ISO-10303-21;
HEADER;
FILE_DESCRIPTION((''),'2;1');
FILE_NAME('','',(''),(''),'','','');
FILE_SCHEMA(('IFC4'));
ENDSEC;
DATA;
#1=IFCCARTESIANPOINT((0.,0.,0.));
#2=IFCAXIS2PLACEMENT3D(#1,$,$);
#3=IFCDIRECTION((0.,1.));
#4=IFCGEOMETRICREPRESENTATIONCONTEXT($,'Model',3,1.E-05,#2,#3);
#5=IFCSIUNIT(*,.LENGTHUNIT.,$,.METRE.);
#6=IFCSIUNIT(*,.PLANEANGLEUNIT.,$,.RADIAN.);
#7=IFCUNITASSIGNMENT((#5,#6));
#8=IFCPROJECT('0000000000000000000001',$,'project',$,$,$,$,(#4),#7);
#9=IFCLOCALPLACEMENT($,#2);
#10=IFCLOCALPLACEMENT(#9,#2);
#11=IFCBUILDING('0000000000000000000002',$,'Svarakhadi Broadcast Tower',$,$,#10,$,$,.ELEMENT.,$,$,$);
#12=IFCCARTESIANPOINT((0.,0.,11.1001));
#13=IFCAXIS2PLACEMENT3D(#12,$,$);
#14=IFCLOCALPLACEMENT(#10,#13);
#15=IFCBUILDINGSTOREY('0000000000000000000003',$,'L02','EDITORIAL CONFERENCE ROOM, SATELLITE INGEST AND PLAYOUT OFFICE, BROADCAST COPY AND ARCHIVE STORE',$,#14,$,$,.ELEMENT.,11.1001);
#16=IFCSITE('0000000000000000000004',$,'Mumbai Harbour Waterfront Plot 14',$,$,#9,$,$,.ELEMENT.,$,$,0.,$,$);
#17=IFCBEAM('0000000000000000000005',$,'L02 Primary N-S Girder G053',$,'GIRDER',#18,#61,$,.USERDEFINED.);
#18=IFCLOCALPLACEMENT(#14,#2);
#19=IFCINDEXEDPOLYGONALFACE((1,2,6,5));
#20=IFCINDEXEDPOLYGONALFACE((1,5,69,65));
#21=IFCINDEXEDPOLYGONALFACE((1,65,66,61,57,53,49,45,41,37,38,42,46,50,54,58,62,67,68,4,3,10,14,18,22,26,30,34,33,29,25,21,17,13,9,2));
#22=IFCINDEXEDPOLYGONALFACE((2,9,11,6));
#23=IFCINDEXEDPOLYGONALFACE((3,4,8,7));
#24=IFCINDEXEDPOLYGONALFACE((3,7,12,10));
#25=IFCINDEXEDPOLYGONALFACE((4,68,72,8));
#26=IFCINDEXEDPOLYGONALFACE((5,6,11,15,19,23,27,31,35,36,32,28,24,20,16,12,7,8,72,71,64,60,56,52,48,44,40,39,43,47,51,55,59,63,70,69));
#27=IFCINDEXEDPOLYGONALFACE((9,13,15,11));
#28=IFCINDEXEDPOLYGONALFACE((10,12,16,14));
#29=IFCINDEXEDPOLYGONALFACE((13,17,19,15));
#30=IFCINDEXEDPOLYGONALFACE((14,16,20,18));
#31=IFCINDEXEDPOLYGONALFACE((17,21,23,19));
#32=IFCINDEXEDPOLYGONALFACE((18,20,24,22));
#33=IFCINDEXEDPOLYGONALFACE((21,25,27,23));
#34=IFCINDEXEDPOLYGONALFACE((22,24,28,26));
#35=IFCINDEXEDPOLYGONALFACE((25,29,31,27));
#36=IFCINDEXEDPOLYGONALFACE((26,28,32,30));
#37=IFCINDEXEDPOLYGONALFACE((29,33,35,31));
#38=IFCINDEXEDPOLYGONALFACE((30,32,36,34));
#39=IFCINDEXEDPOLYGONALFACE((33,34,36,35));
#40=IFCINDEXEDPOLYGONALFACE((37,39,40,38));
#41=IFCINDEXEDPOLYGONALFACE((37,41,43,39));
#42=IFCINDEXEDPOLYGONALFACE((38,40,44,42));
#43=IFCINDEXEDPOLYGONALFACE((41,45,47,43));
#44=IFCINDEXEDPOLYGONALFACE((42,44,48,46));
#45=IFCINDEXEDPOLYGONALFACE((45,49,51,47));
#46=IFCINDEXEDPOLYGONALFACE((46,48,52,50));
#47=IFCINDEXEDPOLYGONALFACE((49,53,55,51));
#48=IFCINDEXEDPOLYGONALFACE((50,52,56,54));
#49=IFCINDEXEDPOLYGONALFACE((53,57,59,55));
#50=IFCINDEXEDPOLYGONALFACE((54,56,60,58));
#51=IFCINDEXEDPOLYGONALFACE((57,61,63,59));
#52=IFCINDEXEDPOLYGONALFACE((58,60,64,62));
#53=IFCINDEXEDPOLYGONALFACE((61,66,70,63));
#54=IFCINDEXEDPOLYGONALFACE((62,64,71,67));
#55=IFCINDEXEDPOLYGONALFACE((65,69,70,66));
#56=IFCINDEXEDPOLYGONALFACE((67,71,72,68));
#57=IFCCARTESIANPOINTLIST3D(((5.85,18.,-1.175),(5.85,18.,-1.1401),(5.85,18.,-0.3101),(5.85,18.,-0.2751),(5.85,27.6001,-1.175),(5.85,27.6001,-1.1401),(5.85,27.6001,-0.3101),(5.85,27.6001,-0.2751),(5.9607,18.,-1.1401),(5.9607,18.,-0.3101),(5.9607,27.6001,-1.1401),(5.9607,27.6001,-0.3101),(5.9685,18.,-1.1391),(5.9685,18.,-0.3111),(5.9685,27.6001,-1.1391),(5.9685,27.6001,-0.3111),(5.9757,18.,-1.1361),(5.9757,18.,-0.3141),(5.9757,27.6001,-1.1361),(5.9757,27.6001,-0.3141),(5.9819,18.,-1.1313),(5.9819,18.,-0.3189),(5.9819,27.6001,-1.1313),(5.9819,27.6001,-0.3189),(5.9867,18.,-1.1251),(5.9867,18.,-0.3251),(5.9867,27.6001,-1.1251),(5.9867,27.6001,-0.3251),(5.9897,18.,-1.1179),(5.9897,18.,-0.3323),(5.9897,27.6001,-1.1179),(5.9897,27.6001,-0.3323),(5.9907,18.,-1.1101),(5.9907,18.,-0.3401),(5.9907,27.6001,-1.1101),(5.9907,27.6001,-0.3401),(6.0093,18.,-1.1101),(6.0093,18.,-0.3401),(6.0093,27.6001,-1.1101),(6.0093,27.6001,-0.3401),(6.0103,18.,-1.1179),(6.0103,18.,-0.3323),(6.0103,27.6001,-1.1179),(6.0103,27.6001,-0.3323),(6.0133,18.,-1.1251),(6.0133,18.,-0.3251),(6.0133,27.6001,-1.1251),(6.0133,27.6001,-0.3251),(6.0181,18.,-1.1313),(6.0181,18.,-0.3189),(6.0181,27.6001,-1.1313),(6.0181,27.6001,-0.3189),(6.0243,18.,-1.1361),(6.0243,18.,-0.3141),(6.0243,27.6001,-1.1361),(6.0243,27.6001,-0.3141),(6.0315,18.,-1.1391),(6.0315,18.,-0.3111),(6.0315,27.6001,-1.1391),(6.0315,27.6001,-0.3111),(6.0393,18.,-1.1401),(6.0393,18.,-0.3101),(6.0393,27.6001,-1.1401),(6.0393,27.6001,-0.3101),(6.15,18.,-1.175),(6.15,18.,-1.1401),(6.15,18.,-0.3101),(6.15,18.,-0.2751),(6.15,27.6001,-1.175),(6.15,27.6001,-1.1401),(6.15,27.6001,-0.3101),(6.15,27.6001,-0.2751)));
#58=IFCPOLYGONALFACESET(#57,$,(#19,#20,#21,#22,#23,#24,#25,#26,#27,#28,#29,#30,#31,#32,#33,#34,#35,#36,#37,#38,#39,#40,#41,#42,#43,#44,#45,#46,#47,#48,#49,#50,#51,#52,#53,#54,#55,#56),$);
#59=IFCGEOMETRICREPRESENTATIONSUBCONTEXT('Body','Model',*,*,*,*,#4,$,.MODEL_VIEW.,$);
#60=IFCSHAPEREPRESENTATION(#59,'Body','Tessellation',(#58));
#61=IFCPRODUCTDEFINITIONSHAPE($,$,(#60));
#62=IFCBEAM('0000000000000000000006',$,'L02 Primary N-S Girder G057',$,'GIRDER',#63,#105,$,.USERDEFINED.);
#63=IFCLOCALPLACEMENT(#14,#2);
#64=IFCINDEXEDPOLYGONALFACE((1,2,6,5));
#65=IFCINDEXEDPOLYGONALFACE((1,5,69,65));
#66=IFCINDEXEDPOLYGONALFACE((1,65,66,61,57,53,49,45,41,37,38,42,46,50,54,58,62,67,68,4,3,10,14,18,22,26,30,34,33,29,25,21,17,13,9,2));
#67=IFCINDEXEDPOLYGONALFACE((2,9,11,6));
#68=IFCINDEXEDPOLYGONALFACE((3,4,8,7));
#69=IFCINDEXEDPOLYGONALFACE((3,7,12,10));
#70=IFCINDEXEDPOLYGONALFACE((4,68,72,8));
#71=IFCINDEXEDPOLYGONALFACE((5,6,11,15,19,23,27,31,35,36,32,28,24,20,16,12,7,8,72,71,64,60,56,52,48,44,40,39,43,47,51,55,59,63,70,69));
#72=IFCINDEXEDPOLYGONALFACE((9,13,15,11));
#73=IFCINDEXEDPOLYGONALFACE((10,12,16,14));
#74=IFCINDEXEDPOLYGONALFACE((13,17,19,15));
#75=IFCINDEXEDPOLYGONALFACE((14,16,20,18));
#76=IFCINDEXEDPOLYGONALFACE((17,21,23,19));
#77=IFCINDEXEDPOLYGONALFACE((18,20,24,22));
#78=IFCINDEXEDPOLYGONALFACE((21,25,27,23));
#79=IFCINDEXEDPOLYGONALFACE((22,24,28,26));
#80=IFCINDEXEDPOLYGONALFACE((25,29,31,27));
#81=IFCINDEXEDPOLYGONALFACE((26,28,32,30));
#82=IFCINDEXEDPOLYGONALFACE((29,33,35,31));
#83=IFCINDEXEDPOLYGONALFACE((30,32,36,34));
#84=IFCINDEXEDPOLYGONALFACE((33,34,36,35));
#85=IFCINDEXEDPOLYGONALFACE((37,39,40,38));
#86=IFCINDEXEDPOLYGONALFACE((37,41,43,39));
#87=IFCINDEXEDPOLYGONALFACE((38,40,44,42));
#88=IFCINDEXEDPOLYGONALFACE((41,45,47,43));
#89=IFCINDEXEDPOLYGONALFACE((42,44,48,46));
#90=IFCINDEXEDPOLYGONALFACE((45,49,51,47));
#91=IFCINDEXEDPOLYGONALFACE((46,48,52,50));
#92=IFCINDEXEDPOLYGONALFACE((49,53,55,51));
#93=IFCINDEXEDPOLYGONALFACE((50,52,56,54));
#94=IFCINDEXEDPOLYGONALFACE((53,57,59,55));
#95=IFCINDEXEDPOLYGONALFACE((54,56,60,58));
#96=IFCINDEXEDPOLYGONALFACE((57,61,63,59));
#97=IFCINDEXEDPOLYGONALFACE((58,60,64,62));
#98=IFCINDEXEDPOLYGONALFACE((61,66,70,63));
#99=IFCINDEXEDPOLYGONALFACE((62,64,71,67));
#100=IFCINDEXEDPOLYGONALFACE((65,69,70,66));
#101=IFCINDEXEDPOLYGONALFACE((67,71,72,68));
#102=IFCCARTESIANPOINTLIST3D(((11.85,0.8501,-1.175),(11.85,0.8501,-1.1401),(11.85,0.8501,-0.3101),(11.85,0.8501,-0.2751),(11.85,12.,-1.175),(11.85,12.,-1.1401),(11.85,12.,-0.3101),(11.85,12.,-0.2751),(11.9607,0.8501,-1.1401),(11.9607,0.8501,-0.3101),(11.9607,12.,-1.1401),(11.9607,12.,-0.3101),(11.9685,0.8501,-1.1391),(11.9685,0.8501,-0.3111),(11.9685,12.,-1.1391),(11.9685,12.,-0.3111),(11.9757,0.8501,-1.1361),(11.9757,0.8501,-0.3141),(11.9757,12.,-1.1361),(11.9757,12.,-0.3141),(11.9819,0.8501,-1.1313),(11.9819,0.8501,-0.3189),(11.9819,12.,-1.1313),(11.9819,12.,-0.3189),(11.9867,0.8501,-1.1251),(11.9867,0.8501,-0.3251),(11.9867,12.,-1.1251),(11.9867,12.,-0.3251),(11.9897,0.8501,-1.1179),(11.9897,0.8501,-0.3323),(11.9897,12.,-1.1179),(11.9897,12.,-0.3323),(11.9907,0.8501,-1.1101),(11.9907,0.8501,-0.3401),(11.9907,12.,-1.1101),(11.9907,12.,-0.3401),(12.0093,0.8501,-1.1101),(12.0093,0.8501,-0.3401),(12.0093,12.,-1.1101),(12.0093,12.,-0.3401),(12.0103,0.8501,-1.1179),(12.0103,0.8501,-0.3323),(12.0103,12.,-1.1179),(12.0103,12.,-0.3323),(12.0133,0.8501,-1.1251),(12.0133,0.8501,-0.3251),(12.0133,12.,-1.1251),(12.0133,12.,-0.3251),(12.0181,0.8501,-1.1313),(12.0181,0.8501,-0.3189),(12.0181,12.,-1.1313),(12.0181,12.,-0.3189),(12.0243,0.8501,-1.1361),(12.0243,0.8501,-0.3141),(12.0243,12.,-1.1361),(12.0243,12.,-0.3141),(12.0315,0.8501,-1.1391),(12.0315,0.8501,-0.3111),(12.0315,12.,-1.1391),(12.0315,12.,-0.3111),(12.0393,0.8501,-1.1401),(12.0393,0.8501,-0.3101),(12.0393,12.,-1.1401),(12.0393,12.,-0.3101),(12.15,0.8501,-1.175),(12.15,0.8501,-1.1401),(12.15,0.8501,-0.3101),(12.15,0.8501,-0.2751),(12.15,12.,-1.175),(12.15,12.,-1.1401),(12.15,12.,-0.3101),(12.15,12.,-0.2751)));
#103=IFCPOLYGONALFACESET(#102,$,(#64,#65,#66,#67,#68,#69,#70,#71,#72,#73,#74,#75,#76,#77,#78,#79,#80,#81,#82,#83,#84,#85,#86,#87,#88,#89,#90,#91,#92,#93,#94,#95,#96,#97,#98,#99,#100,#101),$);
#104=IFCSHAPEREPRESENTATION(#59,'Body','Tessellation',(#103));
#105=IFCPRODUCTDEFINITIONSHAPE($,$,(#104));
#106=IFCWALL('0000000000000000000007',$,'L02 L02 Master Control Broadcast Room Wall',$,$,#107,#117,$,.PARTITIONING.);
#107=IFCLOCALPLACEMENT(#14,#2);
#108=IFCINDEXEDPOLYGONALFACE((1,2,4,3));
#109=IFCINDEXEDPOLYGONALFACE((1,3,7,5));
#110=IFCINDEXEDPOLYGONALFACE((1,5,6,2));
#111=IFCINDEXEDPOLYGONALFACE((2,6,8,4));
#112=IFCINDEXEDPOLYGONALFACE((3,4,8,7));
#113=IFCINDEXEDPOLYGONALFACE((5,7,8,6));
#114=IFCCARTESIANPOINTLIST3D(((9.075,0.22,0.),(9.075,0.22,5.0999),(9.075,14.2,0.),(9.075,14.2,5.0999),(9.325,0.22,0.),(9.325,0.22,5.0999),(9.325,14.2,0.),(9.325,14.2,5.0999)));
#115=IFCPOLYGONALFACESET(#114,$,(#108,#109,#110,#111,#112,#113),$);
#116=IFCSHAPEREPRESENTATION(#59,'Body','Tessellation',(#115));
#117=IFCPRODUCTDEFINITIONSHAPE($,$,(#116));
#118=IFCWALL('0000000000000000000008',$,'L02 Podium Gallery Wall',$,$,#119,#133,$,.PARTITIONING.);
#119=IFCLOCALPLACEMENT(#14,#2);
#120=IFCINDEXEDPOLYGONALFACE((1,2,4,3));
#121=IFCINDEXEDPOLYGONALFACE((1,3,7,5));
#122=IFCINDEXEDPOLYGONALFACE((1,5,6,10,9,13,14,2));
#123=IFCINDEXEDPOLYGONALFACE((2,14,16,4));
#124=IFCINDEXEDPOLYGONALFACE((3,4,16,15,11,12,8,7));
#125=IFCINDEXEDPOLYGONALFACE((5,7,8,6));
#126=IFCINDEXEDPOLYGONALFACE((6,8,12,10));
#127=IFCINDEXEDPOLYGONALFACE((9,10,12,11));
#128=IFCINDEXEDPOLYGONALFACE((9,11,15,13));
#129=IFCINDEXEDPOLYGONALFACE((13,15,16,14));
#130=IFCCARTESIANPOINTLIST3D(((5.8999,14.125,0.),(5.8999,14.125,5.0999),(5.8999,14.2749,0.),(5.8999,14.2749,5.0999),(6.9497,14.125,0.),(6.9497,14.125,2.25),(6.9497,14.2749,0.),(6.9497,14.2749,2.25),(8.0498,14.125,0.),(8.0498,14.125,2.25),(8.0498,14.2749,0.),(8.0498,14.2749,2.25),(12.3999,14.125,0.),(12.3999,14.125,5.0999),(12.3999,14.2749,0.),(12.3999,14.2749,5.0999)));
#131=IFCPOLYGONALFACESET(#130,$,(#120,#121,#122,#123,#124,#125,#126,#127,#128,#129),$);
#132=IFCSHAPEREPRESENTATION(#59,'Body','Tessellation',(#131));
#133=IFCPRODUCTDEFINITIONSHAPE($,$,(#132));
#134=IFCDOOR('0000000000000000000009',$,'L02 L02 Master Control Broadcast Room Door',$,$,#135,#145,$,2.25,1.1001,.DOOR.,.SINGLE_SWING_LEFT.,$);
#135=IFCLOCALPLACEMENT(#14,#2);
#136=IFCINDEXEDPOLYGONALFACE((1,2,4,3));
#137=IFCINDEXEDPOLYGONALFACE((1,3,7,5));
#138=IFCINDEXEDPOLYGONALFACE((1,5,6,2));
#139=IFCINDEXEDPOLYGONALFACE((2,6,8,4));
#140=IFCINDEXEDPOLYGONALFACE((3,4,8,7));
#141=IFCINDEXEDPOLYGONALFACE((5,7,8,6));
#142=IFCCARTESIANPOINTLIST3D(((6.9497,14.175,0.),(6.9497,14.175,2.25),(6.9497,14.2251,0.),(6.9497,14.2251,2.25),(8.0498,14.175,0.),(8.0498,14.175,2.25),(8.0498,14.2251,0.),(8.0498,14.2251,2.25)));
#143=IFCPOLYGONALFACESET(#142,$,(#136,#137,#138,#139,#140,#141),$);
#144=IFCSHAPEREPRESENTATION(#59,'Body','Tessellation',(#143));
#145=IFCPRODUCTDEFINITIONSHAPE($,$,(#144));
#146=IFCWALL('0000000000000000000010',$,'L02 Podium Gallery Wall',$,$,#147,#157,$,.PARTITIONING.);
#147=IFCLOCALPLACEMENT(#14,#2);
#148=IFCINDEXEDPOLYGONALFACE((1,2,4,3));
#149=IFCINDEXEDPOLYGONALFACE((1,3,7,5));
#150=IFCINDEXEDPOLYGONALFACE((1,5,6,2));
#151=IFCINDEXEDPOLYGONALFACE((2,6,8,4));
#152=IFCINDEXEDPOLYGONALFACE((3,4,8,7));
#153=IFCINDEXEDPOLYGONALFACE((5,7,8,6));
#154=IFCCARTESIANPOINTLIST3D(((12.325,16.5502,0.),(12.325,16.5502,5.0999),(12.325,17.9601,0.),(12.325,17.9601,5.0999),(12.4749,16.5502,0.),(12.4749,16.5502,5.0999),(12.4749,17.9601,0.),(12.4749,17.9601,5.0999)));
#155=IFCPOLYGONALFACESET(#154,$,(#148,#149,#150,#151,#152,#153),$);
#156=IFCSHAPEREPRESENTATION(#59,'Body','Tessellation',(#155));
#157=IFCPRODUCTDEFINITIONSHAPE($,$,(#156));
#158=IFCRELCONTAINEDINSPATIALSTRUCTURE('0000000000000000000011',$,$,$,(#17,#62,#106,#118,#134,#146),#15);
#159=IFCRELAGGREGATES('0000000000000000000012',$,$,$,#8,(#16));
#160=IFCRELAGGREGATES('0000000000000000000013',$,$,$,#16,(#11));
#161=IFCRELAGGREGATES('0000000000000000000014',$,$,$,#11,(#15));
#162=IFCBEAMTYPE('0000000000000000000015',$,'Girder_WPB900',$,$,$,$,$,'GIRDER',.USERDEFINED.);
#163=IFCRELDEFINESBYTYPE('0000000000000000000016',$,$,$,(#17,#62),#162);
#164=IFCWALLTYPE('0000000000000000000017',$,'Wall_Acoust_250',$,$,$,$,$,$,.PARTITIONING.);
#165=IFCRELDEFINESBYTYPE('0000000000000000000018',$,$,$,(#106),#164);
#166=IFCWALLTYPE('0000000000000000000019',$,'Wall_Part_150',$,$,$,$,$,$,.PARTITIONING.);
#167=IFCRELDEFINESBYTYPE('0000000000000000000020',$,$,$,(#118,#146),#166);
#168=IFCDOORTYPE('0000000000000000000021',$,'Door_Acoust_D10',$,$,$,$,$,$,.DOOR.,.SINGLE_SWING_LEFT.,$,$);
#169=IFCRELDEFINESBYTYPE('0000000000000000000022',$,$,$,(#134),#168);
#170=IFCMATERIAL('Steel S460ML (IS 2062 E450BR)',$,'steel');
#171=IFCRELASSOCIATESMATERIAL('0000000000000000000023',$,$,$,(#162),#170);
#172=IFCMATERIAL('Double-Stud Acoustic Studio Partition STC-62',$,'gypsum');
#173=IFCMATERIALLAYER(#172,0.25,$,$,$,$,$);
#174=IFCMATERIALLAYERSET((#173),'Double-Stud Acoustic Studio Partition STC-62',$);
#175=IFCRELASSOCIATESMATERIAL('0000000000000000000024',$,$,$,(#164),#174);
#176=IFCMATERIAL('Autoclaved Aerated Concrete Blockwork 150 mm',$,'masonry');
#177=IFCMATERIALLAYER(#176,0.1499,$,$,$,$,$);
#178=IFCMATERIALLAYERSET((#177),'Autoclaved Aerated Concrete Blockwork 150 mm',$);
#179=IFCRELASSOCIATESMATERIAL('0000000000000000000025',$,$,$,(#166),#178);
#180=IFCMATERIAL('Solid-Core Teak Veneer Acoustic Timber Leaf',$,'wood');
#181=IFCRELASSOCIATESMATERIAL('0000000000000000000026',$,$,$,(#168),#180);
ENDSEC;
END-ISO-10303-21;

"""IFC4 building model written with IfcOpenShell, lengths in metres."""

from ifc_helpers import new_model, si_unit, direction, frame, frame_2d, origin, origin_2d, place, context, subcontext, project, spatial, rectangle, i_section, extrude, material, layer, layer_set, material_profile, profile_set, type_object, element, fill, save


model = new_model("IFC4")

# Units and contexts
model_context = context("Model", 3, precision=1e-05, world=origin(), true_north=direction((0.0, 1.0)))
body_context = subcontext(model_context, "Body", "Model", "MODEL_VIEW")
ifc_project = project(units=[si_unit("LENGTHUNIT", "METRE"), si_unit("PLANEANGLEUNIT", "RADIAN")], contexts=[model_context])

# Site, building, storey
site_placement = place(None, origin())
site = spatial("IfcSite", under=ifc_project, at=site_placement, Name="Mumbai Harbour Waterfront Plot 14", CompositionType="ELEMENT", RefElevation=0.0)
building_placement = place(site_placement, origin())
building = spatial("IfcBuilding", under=site, at=building_placement, Name="Svarakhadi Broadcast Tower", CompositionType="ELEMENT")
storey_placement = place(building_placement, frame((0.0, 0.0, 11.1001)))
storey = spatial("IfcBuildingStorey", under=building, at=storey_placement, Name="L02", Description="EDITORIAL CONFERENCE ROOM, SATELLITE INGEST AND PLAYOUT OFFICE, BROADCAST COPY AND ARCHIVE STORE", CompositionType="ELEMENT", Elevation=11.1001)

# Shared definitions
ifc_material_1 = material(Name="Steel S460ML (IS 2062 E450BR)", Category="steel")

# Beams
ifc_material_profile_1 = material_profile(ifc_material_1, i_section(OverallWidth=0.3, OverallDepth=0.8999, WebThickness=0.0186, FlangeThickness=0.0349, FilletRadius=0.03, at=origin_2d()), Name="WPB 900x300x291")
ifc_profile_set_1 = profile_set([ifc_material_profile_1], Name="Steel S460ML (IS 2062 E450BR)")
beam_type_1 = type_object("IfcBeamType", Name="Girder_WPB900", ElementType="GIRDER", PredefinedType="USERDEFINED", material=ifc_profile_set_1)
beam_1_placement = place(storey_placement, frame((6.0, 18.0, -0.7251), z_axis=(0.0, 1.0, 0.0), x_axis=(-1.0, 0.0, 0.0)))
element("IfcBeam", 1, at=beam_1_placement, inside=storey, type_object=beam_type_1, Name="L02 Primary N-S Girder G053", ObjectType="GIRDER", PredefinedType="USERDEFINED", context=body_context, shape_type="SweptSolid", body=[
    extrude(i_section(OverallWidth=0.3, OverallDepth=0.8999, WebThickness=0.0186, FlangeThickness=0.0349, FilletRadius=0.03, at=origin_2d()), origin(), (0.0, 0.0, 1.0), 9.6001),
])
beam_2_placement = place(storey_placement, frame((12.0, 0.8501, -0.7251), z_axis=(0.0, 1.0, 0.0), x_axis=(-1.0, 0.0, 0.0)))
element("IfcBeam", 2, at=beam_2_placement, inside=storey, type_object=beam_type_1, Name="L02 Primary N-S Girder G057", ObjectType="GIRDER", PredefinedType="USERDEFINED", context=body_context, shape_type="SweptSolid", body=[
    extrude(i_section(OverallWidth=0.3, OverallDepth=0.8999, WebThickness=0.0186, FlangeThickness=0.0349, FilletRadius=0.03, at=origin_2d()), origin(), (0.0, 0.0, 1.0), 11.1499),
])

# Wall
ifc_material_2 = material(Name="Double-Stud Acoustic Studio Partition STC-62", Category="gypsum")
ifc_layer_1 = layer(ifc_material_2, 0.25)
ifc_layer_set_1 = layer_set([ifc_layer_1], Name="Double-Stud Acoustic Studio Partition STC-62")
wall_type_1 = type_object("IfcWallType", Name="Wall_Acoust_250", PredefinedType="PARTITIONING", material=ifc_layer_set_1)
wall_1_placement = place(storey_placement, frame((9.2, 0.22, 0.0), z_axis=(0.0, 0.0, 1.0), x_axis=(0.0, 1.0, 0.0)))
element("IfcWall", 3, at=wall_1_placement, inside=storey, type_object=wall_type_1, Name="L02 L02 Master Control Broadcast Room Wall", PredefinedType="PARTITIONING", context=body_context, shape_type="SweptSolid", body=[
    extrude(rectangle(XDim=13.98, YDim=0.25, at=frame_2d((6.99, 0.0))), origin(), (0.0, 0.0, 1.0), 5.0999),
])

# Wall, opening, door
ifc_material_3 = material(Name="Autoclaved Aerated Concrete Blockwork 150 mm", Category="masonry")
ifc_layer_2 = layer(ifc_material_3, 0.1499)
ifc_layer_set_2 = layer_set([ifc_layer_2], Name="Autoclaved Aerated Concrete Blockwork 150 mm")
wall_type_2 = type_object("IfcWallType", Name="Wall_Part_150", PredefinedType="PARTITIONING", material=ifc_layer_set_2)
wall_2_placement = place(storey_placement, frame((12.3999, 14.2, 0.0), z_axis=(0.0, 0.0, 1.0), x_axis=(-1.0, 0.0, 0.0)))
wall_2 = element("IfcWall", 4, at=wall_2_placement, inside=storey, type_object=wall_type_2, Name="L02 Podium Gallery Wall", PredefinedType="PARTITIONING", context=body_context, shape_type="SweptSolid", body=[
    extrude(rectangle(XDim=6.5, YDim=0.1499, at=frame_2d((3.25, 0.0))), origin(), (0.0, 0.0, 1.0), 5.0999),
])
opening_1_placement = place(wall_2_placement, frame((4.3501, 0.0, 0.0)))
opening_1 = element("IfcOpeningElement", 5, at=opening_1_placement, cuts=wall_2, PredefinedType="OPENING", context=body_context, shape_type="SweptSolid", body=[
    extrude(rectangle(XDim=1.1001, YDim=2.25, at=frame_2d((0.55, 1.125))), frame((0.0, 0.085, 0.0), z_axis=(0.0, -1.0, 0.0), x_axis=(1.0, 0.0, 0.0)), (0.0, 0.0, 1.0), 0.1699),
])
ifc_material_4 = material(Name="Solid-Core Teak Veneer Acoustic Timber Leaf", Category="wood")
door_type_1 = type_object("IfcDoorType", Name="Door_Acoust_D10", OperationType="SINGLE_SWING_LEFT", PredefinedType="DOOR", material=ifc_material_4)
door_1_placement = place(opening_1_placement, origin())
door_1 = element("IfcDoor", 6, at=door_1_placement, inside=storey, type_object=door_type_1, Name="L02 L02 Master Control Broadcast Room Door", OperationType="SINGLE_SWING_LEFT", OverallHeight=2.25, OverallWidth=1.1001, PredefinedType="DOOR", context=body_context, shape_type="SweptSolid", body=[
    extrude(rectangle(XDim=1.1001, YDim=2.25, at=frame_2d((0.55, 1.125))), frame((0.0, 0.0249, 0.0), z_axis=(0.0, -1.0, 0.0), x_axis=(1.0, 0.0, 0.0)), (0.0, 0.0, 1.0), 0.05),
])
fill(opening_1, door_1)

# Wall
wall_3_placement = place(storey_placement, frame((12.3999, 16.55, 0.0), z_axis=(0.0, 0.0, 1.0), x_axis=(0.0, 1.0, 0.0)))
element("IfcWall", 7, at=wall_3_placement, inside=storey, type_object=wall_type_2, Name="L02 Podium Gallery Wall", PredefinedType="PARTITIONING", context=body_context, shape_type="SweptSolid", body=[
    extrude(rectangle(XDim=1.4099, YDim=0.1499, at=frame_2d((0.7051, 0.0))), origin(), (0.0, 0.0, 1.0), 5.0999),
])

save(model, "model.ifc")
